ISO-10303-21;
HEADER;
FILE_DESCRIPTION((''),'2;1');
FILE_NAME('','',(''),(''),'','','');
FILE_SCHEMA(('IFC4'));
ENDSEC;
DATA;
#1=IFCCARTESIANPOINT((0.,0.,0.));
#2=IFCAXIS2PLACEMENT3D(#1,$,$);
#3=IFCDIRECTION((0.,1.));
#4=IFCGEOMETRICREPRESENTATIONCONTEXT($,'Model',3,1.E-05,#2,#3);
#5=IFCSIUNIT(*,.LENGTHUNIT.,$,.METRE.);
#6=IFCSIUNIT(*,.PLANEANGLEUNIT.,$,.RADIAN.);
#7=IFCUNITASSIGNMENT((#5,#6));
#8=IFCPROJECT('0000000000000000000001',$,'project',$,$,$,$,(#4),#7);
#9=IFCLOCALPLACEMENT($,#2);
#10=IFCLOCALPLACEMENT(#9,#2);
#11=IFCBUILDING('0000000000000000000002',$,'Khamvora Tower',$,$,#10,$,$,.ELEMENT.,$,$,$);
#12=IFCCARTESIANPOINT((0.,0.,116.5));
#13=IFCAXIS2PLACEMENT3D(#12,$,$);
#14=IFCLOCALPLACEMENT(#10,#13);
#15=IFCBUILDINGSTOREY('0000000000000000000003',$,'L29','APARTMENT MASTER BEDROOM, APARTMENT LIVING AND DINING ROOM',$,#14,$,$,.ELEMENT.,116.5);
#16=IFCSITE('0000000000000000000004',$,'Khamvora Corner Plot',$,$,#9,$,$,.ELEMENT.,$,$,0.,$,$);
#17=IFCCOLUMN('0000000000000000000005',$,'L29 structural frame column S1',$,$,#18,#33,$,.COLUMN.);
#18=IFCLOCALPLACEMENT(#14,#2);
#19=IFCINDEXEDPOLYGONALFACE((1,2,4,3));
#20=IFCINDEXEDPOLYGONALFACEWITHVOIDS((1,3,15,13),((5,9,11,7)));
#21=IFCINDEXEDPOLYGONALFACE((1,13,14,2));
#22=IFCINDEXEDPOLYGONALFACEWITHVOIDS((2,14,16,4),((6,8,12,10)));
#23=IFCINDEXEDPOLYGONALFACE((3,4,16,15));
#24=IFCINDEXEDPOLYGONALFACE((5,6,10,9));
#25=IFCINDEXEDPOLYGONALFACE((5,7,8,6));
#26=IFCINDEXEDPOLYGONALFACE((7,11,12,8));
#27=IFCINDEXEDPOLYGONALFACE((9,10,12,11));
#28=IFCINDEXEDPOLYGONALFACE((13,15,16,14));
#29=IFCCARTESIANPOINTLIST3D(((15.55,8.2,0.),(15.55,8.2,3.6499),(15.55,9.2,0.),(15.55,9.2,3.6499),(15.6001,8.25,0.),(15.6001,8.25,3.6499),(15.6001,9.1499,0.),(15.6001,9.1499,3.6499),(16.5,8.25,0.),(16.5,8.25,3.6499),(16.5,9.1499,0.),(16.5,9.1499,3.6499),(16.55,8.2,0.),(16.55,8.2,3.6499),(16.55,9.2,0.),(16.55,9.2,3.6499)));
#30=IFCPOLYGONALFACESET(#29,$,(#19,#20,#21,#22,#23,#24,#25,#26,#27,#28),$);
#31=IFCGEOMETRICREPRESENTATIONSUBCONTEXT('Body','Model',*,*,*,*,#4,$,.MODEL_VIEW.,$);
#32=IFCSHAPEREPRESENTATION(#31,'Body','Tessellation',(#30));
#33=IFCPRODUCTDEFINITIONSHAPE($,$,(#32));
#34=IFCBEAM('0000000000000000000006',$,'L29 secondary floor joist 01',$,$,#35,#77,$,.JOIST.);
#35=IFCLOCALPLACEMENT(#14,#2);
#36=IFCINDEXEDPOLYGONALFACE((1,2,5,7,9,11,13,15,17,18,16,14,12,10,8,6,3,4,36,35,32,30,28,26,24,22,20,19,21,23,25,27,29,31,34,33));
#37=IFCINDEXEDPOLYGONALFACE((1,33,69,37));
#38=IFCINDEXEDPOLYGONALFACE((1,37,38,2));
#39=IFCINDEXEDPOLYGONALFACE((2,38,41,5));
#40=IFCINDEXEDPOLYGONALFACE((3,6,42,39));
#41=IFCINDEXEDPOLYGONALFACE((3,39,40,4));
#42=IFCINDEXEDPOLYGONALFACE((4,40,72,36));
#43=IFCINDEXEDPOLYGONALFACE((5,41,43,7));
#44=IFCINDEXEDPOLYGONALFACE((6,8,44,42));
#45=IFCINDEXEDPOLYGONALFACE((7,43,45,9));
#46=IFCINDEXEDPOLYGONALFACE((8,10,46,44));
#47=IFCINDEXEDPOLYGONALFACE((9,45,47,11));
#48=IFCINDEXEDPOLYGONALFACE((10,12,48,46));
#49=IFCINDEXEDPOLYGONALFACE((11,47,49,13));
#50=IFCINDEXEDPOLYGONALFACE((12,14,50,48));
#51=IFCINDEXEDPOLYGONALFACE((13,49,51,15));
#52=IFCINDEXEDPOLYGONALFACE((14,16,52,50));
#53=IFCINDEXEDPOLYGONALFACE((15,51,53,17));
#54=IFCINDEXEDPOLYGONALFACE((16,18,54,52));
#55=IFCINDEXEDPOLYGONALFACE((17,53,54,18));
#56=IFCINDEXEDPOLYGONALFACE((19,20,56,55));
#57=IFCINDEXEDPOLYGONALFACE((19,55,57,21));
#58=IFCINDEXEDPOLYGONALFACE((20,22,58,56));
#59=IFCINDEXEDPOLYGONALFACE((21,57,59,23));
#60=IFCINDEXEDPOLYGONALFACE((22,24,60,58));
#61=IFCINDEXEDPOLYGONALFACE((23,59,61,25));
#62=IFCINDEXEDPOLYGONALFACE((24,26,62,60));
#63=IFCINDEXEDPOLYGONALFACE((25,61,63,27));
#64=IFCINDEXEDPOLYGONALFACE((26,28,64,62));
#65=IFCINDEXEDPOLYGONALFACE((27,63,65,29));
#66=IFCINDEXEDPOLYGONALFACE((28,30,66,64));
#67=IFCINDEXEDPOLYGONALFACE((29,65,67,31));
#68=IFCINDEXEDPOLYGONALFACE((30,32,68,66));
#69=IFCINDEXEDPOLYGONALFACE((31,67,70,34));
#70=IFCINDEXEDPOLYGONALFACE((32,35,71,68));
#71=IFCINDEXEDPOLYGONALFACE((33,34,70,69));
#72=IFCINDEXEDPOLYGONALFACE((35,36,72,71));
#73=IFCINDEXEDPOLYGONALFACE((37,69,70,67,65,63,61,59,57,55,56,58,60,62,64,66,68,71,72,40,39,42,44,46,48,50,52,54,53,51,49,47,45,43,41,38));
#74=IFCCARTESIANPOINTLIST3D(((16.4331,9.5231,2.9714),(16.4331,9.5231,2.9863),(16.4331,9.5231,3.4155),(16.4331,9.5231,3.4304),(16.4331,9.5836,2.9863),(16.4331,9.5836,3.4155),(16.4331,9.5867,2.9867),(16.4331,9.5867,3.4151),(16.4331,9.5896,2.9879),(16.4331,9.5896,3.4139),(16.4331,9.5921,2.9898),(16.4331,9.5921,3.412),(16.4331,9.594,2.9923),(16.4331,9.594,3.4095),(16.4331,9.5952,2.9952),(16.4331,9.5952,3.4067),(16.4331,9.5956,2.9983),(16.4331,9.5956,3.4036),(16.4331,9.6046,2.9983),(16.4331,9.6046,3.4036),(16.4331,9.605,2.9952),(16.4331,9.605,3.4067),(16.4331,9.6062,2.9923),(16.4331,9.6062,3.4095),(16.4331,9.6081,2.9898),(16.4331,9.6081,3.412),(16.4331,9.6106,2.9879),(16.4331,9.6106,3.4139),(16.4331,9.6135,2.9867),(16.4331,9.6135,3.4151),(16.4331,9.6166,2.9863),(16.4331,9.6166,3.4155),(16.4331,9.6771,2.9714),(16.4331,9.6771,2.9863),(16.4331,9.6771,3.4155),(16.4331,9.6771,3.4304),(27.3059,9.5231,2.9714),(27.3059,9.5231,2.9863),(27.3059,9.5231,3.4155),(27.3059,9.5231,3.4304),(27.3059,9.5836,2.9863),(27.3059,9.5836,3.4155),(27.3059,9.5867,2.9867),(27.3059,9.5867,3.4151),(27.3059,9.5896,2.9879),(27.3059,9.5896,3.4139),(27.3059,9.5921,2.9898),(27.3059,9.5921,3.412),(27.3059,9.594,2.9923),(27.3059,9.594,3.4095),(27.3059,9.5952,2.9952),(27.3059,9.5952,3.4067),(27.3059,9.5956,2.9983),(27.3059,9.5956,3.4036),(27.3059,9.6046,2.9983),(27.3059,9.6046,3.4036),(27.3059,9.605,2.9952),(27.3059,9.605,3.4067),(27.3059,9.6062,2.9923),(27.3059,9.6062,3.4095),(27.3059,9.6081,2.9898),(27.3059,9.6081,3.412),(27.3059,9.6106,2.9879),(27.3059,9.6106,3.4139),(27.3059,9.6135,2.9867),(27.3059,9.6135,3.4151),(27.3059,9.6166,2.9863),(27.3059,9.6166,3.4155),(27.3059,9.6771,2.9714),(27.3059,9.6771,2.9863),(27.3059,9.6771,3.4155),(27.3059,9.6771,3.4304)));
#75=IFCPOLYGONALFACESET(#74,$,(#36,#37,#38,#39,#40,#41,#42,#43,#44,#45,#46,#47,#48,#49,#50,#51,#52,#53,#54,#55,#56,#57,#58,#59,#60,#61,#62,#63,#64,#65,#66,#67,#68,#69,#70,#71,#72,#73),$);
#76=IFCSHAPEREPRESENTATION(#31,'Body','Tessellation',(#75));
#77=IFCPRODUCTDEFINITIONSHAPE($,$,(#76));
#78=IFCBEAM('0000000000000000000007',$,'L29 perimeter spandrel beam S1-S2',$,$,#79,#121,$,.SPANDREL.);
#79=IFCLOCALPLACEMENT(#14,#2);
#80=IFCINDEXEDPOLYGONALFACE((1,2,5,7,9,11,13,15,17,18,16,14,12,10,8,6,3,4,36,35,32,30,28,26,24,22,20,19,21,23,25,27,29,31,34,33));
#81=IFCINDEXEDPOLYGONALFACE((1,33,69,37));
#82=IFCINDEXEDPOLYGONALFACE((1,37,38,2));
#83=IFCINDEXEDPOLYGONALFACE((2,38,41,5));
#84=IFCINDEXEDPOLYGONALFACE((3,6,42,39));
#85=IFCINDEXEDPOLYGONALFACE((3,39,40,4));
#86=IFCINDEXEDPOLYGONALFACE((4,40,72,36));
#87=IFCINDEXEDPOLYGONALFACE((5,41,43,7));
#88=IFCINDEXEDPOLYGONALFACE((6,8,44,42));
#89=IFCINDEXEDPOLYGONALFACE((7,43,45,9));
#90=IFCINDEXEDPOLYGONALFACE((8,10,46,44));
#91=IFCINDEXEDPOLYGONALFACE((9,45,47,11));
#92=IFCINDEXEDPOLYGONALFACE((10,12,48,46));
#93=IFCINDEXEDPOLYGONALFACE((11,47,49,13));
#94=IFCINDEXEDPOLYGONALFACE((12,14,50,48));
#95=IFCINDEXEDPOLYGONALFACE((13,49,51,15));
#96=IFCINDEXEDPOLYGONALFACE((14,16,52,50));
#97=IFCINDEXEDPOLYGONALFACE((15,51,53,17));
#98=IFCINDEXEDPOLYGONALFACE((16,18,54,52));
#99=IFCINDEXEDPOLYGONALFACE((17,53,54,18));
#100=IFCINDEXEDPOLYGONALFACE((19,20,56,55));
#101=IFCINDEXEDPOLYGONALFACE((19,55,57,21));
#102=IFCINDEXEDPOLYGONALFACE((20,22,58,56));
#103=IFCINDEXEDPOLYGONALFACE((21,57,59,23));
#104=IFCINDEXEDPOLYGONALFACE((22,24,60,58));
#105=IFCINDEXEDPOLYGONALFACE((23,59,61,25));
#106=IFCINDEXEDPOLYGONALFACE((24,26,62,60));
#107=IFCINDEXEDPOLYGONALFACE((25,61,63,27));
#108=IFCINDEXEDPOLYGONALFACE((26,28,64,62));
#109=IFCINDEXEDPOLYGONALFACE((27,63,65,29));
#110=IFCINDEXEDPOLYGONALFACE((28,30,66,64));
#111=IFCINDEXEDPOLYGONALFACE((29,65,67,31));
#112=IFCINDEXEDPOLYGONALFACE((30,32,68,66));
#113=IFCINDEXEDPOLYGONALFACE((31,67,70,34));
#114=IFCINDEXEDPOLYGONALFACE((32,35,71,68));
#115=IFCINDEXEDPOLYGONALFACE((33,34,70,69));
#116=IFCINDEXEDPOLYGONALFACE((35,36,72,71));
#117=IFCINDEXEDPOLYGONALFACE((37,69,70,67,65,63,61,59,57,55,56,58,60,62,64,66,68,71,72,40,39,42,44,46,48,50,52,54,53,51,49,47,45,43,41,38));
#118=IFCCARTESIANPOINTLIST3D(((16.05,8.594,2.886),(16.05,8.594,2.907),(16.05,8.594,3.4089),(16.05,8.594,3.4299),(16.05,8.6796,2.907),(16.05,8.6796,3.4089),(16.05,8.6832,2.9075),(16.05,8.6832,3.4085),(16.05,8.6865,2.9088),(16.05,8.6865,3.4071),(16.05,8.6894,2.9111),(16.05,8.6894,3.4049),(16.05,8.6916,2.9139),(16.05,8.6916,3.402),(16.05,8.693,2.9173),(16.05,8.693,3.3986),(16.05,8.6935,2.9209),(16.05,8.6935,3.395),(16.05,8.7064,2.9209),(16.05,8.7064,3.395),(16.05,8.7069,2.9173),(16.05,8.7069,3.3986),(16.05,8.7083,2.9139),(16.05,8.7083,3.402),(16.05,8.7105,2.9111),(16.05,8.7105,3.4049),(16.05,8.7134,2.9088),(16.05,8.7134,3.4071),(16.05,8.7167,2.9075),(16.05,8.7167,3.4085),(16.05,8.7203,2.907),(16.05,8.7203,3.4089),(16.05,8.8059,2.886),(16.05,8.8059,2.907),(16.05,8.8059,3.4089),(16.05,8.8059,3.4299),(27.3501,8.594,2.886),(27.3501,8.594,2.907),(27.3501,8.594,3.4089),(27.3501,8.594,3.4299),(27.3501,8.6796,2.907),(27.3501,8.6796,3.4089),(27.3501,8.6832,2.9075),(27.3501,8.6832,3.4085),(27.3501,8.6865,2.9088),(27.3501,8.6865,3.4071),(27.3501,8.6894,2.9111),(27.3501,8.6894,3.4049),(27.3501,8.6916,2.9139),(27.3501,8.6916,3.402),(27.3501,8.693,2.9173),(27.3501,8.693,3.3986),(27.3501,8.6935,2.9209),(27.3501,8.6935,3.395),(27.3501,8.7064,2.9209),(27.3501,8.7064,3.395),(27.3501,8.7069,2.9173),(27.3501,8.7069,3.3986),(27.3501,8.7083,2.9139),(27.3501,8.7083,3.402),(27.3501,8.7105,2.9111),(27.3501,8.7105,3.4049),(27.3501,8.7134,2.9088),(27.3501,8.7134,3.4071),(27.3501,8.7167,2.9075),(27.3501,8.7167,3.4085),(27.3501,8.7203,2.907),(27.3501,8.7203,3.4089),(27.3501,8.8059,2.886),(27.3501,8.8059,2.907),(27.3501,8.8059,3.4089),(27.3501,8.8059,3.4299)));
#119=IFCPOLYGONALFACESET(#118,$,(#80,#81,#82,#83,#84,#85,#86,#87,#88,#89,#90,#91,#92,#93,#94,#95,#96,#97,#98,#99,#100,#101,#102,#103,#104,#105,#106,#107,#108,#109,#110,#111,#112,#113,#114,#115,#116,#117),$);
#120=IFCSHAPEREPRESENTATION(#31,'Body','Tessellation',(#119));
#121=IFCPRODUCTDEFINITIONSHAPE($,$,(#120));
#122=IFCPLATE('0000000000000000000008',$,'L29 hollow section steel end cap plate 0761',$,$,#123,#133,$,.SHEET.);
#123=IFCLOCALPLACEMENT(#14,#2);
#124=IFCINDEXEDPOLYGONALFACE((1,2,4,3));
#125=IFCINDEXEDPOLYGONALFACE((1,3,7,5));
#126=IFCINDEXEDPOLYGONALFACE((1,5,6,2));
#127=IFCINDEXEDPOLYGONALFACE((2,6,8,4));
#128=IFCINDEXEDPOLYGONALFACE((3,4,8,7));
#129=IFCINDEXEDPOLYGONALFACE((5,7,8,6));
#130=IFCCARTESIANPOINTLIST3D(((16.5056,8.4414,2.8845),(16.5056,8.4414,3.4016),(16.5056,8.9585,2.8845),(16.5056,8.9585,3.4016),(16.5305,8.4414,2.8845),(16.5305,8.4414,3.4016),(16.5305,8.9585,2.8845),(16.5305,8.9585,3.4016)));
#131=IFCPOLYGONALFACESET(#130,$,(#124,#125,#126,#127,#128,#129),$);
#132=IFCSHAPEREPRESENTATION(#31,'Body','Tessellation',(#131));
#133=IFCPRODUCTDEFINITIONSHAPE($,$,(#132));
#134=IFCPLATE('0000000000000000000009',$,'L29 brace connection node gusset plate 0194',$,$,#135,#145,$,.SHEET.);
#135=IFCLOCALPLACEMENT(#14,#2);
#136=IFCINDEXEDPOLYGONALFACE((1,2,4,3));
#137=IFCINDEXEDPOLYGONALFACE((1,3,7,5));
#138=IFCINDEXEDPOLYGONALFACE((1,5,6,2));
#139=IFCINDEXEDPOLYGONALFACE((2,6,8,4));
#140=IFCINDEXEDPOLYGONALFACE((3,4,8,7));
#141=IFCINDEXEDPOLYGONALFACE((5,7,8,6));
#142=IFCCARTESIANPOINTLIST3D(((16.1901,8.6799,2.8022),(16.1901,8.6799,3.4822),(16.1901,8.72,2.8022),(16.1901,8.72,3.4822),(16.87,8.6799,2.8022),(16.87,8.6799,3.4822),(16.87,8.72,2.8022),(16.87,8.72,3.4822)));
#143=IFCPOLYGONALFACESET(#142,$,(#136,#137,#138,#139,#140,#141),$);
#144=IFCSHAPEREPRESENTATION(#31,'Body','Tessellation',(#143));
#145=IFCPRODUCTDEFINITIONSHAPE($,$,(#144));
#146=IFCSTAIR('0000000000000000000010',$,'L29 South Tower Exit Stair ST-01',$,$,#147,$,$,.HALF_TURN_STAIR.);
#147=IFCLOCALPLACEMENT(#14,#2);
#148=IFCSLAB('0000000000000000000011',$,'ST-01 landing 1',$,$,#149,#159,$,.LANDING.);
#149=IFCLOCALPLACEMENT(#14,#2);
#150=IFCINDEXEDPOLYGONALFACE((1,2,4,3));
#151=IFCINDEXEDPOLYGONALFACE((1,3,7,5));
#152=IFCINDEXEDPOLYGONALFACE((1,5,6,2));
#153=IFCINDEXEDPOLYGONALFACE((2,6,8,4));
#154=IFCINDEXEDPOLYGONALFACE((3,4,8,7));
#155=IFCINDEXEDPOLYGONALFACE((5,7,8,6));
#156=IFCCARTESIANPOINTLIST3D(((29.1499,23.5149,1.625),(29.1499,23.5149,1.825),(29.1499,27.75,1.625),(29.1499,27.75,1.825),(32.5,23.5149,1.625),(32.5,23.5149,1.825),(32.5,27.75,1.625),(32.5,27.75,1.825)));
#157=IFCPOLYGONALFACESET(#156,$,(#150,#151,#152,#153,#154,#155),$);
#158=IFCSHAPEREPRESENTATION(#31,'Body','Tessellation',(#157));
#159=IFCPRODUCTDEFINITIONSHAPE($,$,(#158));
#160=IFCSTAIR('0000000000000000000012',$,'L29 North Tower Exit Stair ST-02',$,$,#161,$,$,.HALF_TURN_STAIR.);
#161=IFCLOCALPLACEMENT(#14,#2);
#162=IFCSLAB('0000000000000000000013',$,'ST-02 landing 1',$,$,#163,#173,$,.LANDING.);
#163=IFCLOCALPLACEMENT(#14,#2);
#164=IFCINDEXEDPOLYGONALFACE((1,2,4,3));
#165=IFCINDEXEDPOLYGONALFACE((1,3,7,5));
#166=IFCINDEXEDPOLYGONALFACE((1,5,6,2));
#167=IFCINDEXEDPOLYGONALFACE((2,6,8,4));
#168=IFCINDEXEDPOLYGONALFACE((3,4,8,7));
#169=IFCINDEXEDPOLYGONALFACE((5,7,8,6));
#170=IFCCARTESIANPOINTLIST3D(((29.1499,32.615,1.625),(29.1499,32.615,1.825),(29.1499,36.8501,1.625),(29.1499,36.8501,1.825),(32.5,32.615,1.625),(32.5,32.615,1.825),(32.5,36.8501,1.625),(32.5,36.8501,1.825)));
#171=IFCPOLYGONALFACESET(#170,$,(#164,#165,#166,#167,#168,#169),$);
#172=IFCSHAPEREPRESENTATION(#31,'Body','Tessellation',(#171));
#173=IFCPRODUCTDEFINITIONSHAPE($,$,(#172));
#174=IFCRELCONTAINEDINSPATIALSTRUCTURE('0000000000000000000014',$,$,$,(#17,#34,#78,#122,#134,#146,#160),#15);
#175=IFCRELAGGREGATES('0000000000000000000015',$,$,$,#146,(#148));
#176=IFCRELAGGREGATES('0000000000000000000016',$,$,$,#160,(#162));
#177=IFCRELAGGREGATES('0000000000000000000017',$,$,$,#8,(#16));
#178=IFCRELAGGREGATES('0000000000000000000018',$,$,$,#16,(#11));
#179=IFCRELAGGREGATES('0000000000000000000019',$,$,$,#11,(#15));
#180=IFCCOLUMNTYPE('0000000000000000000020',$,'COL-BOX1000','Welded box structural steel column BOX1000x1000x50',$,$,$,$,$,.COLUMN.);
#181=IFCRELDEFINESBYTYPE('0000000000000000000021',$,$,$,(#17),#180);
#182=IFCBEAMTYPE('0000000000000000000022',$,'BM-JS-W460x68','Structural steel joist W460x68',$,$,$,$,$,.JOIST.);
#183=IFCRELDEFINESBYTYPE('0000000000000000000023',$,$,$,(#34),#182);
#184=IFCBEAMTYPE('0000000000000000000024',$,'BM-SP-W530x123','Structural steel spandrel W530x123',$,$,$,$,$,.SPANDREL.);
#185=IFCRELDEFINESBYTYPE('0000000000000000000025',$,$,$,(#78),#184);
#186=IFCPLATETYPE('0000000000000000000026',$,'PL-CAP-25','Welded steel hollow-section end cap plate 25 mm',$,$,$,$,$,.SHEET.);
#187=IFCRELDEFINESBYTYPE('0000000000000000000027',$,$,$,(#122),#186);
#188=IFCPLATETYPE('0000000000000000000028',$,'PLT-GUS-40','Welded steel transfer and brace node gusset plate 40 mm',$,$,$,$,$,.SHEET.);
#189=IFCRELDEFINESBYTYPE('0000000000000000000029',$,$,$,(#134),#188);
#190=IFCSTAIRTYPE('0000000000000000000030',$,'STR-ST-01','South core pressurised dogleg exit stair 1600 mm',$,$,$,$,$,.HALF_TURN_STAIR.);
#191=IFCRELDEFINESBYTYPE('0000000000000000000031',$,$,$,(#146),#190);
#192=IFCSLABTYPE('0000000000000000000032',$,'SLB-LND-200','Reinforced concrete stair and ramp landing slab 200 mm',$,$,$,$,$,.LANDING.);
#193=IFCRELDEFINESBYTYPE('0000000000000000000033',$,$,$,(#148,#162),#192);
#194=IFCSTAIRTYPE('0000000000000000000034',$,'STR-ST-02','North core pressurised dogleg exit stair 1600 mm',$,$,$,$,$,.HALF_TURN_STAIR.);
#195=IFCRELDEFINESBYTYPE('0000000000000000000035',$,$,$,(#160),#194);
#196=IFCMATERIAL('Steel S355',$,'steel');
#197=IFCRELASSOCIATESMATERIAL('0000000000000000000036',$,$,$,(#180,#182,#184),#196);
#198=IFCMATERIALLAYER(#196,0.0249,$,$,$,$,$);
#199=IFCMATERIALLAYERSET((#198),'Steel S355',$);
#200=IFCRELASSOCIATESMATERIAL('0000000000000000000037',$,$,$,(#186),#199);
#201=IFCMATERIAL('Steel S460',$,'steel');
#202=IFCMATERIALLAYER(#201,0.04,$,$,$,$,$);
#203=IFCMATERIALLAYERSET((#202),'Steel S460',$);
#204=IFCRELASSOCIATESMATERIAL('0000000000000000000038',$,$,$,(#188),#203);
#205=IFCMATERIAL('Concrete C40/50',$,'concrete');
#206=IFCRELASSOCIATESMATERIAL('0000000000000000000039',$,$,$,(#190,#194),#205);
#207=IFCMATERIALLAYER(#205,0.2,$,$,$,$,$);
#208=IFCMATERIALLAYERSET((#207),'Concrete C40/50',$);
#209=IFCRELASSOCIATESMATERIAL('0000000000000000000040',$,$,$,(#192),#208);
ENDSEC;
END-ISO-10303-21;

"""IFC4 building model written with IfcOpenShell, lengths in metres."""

from ifc_helpers import new_model, si_unit, direction, frame, origin, origin_2d, place, context, subcontext, project, spatial, polyline, rectangle, hollow_rectangle, i_section, outline, extrude, material, layer, layer_set, material_profile, profile_set, type_object, element, aggregate, save


model = new_model("IFC4")

# Units and contexts
model_context = context("Model", 3, precision=1e-05, world=origin(), true_north=direction((0.0, 1.0)))
body_context = subcontext(model_context, "Body", "Model", "MODEL_VIEW")
ifc_project = project(units=[si_unit("LENGTHUNIT", "METRE"), si_unit("PLANEANGLEUNIT", "RADIAN")], contexts=[model_context])

# Site, building, storey
site_placement = place(None, origin())
site = spatial("IfcSite", under=ifc_project, at=site_placement, Name="Khamvora Corner Plot", CompositionType="ELEMENT", RefElevation=0.0)
building_placement = place(site_placement, origin())
building = spatial("IfcBuilding", under=site, at=building_placement, Name="Khamvora Tower", CompositionType="ELEMENT")
storey_placement = place(building_placement, frame((0.0, 0.0, 116.5)))
storey = spatial("IfcBuildingStorey", under=building, at=storey_placement, Name="L29", Description="APARTMENT MASTER BEDROOM, APARTMENT LIVING AND DINING ROOM", CompositionType="ELEMENT", Elevation=116.5)

# Column
ifc_material_1 = material(Name="Steel S355", Category="steel")
ifc_material_profile_1 = material_profile(ifc_material_1, hollow_rectangle(XDim=1.0, YDim=1.0, WallThickness=0.05, at=origin_2d()), Name="BOX1000x1000x50")
ifc_profile_set_1 = profile_set([ifc_material_profile_1], Name="Steel S355")
column_type = type_object("IfcColumnType", Name="COL-BOX1000", Description="Welded box structural steel column BOX1000x1000x50", PredefinedType="COLUMN", material=ifc_profile_set_1)
column_placement = place(storey_placement, frame((16.05, 8.7, 0.0), z_axis=(0.0, 0.0, 1.0), x_axis=(1.0, 0.0, 0.0)))
element("IfcColumn", 1, at=column_placement, inside=storey, type_object=column_type, Name="L29 structural frame column S1", PredefinedType="COLUMN", context=body_context, shape_type="SweptSolid", body=[
    extrude(hollow_rectangle(XDim=1.0, YDim=1.0, WallThickness=0.05, at=origin_2d()), origin(), (0.0, 0.0, 1.0), 3.6499),
])

# Beams
ifc_material_profile_2 = material_profile(ifc_material_1, i_section(OverallWidth=0.1541, OverallDepth=0.459, WebThickness=0.009, FlangeThickness=0.0149, FilletRadius=0.012, at=origin_2d()), Name="W460x68")
ifc_profile_set_2 = profile_set([ifc_material_profile_2], Name="Steel S355")
beam_type_1 = type_object("IfcBeamType", Name="BM-JS-W460x68", Description="Structural steel joist W460x68", PredefinedType="JOIST", material=ifc_profile_set_2)
beam_1_placement = place(storey_placement, frame((16.4331, 9.6001, 3.2009), z_axis=(1.0, 0.0, 0.0), x_axis=(0.0, 1.0, 0.0)))
element("IfcBeam", 2, at=beam_1_placement, inside=storey, type_object=beam_type_1, Name="L29 secondary floor joist 01", PredefinedType="JOIST", context=body_context, shape_type="SweptSolid", body=[
    extrude(i_section(OverallWidth=0.1541, OverallDepth=0.459, WebThickness=0.009, FlangeThickness=0.0149, FilletRadius=0.012, at=origin_2d()), origin(), (0.0, 0.0, 1.0), 10.8728),
])
ifc_material_profile_3 = material_profile(ifc_material_1, i_section(OverallWidth=0.2119, OverallDepth=0.5439, WebThickness=0.0129, FlangeThickness=0.021, FilletRadius=0.0139, at=origin_2d()), Name="W530x123")
ifc_profile_set_3 = profile_set([ifc_material_profile_3], Name="Steel S355")
beam_type_2 = type_object("IfcBeamType", Name="BM-SP-W530x123", Description="Structural steel spandrel W530x123", PredefinedType="SPANDREL", material=ifc_profile_set_3)
beam_2_placement = place(storey_placement, frame((16.05, 8.7, 3.158), z_axis=(1.0, 0.0, 0.0), x_axis=(0.0, 1.0, 0.0)))
element("IfcBeam", 3, at=beam_2_placement, inside=storey, type_object=beam_type_2, Name="L29 perimeter spandrel beam S1-S2", PredefinedType="SPANDREL", context=body_context, shape_type="SweptSolid", body=[
    extrude(i_section(OverallWidth=0.2119, OverallDepth=0.5439, WebThickness=0.0129, FlangeThickness=0.021, FilletRadius=0.0139, at=origin_2d()), origin(), (0.0, 0.0, 1.0), 11.3),
])

# Plates
ifc_layer_1 = layer(ifc_material_1, 0.0249)
ifc_layer_set_1 = layer_set([ifc_layer_1], Name="Steel S355")
plate_type_1 = type_object("IfcPlateType", Name="PL-CAP-25", Description="Welded steel hollow-section end cap plate 25 mm", PredefinedType="SHEET", material=ifc_layer_set_1)
plate_1_placement = place(storey_placement, frame((16.5181, 8.7, 2.8845), z_axis=(0.0, 0.0, 1.0), x_axis=(-1.0, 0.0, 0.0)))
element("IfcPlate", 4, at=plate_1_placement, inside=storey, type_object=plate_type_1, Name="L29 hollow section steel end cap plate 0761", PredefinedType="SHEET", context=body_context, shape_type="SweptSolid", body=[
    extrude(rectangle(XDim=0.0249, YDim=0.5171, at=origin_2d()), origin(), (0.0, 0.0, 1.0), 0.5171),
])
ifc_material_2 = material(Name="Steel S460", Category="steel")
ifc_layer_2 = layer(ifc_material_2, 0.04)
ifc_layer_set_2 = layer_set([ifc_layer_2], Name="Steel S460")
plate_type_2 = type_object("IfcPlateType", Name="PLT-GUS-40", Description="Welded steel transfer and brace node gusset plate 40 mm", PredefinedType="SHEET", material=ifc_layer_set_2)
plate_2_placement = place(storey_placement, frame((16.53, 8.7, 2.8022), z_axis=(0.0, 0.0, 1.0), x_axis=(1.0, 0.0, 0.0)))
element("IfcPlate", 5, at=plate_2_placement, inside=storey, type_object=plate_type_2, Name="L29 brace connection node gusset plate 0194", PredefinedType="SHEET", context=body_context, shape_type="SweptSolid", body=[
    extrude(rectangle(XDim=0.6799, YDim=0.04, at=origin_2d()), origin(), (0.0, 0.0, 1.0), 0.6799),
])

# Stairs, slabs
ifc_material_3 = material(Name="Concrete C40/50", Category="concrete")
stair_type_1 = type_object("IfcStairType", Name="STR-ST-01", Description="South core pressurised dogleg exit stair 1600 mm", PredefinedType="HALF_TURN_STAIR", material=ifc_material_3)
stair_1_placement = place(storey_placement, origin())
stair_1 = element("IfcStair", 6, at=stair_1_placement, inside=storey, type_object=stair_type_1, Name="L29 South Tower Exit Stair ST-01", PredefinedType="HALF_TURN_STAIR")
ifc_layer_3 = layer(ifc_material_3, 0.2)
ifc_layer_set_3 = layer_set([ifc_layer_3], Name="Concrete C40/50")
slab_type_1 = type_object("IfcSlabType", Name="SLB-LND-200", Description="Reinforced concrete stair and ramp landing slab 200 mm", PredefinedType="LANDING", material=ifc_layer_set_3)
slab_1_placement = place(storey_placement, frame((0.0, 0.0, 1.625)))
slab_1 = element("IfcSlab", 7, at=slab_1_placement, type_object=slab_type_1, Name="ST-01 landing 1", PredefinedType="LANDING", context=body_context, shape_type="SweptSolid", body=[
    extrude(outline(polyline([(32.5, 23.5149), (32.5, 27.75), (29.1499, 27.75), (29.1499, 23.5149), (32.5, 23.5149)])), origin(), (0.0, 0.0, 1.0), 0.2),
])
aggregate(stair_1, [slab_1])
stair_type_2 = type_object("IfcStairType", Name="STR-ST-02", Description="North core pressurised dogleg exit stair 1600 mm", PredefinedType="HALF_TURN_STAIR", material=ifc_material_3)
stair_2_placement = place(storey_placement, origin())
stair_2 = element("IfcStair", 8, at=stair_2_placement, inside=storey, type_object=stair_type_2, Name="L29 North Tower Exit Stair ST-02", PredefinedType="HALF_TURN_STAIR")
slab_2_placement = place(storey_placement, frame((0.0, 0.0, 1.625)))
slab_2 = element("IfcSlab", 9, at=slab_2_placement, type_object=slab_type_1, Name="ST-02 landing 1", PredefinedType="LANDING", context=body_context, shape_type="SweptSolid", body=[
    extrude(outline(polyline([(32.5, 32.615), (32.5, 36.8501), (29.1499, 36.8501), (29.1499, 32.615), (32.5, 32.615)])), origin(), (0.0, 0.0, 1.0), 0.2),
])
aggregate(stair_2, [slab_2])

save(model, "model.ifc")
